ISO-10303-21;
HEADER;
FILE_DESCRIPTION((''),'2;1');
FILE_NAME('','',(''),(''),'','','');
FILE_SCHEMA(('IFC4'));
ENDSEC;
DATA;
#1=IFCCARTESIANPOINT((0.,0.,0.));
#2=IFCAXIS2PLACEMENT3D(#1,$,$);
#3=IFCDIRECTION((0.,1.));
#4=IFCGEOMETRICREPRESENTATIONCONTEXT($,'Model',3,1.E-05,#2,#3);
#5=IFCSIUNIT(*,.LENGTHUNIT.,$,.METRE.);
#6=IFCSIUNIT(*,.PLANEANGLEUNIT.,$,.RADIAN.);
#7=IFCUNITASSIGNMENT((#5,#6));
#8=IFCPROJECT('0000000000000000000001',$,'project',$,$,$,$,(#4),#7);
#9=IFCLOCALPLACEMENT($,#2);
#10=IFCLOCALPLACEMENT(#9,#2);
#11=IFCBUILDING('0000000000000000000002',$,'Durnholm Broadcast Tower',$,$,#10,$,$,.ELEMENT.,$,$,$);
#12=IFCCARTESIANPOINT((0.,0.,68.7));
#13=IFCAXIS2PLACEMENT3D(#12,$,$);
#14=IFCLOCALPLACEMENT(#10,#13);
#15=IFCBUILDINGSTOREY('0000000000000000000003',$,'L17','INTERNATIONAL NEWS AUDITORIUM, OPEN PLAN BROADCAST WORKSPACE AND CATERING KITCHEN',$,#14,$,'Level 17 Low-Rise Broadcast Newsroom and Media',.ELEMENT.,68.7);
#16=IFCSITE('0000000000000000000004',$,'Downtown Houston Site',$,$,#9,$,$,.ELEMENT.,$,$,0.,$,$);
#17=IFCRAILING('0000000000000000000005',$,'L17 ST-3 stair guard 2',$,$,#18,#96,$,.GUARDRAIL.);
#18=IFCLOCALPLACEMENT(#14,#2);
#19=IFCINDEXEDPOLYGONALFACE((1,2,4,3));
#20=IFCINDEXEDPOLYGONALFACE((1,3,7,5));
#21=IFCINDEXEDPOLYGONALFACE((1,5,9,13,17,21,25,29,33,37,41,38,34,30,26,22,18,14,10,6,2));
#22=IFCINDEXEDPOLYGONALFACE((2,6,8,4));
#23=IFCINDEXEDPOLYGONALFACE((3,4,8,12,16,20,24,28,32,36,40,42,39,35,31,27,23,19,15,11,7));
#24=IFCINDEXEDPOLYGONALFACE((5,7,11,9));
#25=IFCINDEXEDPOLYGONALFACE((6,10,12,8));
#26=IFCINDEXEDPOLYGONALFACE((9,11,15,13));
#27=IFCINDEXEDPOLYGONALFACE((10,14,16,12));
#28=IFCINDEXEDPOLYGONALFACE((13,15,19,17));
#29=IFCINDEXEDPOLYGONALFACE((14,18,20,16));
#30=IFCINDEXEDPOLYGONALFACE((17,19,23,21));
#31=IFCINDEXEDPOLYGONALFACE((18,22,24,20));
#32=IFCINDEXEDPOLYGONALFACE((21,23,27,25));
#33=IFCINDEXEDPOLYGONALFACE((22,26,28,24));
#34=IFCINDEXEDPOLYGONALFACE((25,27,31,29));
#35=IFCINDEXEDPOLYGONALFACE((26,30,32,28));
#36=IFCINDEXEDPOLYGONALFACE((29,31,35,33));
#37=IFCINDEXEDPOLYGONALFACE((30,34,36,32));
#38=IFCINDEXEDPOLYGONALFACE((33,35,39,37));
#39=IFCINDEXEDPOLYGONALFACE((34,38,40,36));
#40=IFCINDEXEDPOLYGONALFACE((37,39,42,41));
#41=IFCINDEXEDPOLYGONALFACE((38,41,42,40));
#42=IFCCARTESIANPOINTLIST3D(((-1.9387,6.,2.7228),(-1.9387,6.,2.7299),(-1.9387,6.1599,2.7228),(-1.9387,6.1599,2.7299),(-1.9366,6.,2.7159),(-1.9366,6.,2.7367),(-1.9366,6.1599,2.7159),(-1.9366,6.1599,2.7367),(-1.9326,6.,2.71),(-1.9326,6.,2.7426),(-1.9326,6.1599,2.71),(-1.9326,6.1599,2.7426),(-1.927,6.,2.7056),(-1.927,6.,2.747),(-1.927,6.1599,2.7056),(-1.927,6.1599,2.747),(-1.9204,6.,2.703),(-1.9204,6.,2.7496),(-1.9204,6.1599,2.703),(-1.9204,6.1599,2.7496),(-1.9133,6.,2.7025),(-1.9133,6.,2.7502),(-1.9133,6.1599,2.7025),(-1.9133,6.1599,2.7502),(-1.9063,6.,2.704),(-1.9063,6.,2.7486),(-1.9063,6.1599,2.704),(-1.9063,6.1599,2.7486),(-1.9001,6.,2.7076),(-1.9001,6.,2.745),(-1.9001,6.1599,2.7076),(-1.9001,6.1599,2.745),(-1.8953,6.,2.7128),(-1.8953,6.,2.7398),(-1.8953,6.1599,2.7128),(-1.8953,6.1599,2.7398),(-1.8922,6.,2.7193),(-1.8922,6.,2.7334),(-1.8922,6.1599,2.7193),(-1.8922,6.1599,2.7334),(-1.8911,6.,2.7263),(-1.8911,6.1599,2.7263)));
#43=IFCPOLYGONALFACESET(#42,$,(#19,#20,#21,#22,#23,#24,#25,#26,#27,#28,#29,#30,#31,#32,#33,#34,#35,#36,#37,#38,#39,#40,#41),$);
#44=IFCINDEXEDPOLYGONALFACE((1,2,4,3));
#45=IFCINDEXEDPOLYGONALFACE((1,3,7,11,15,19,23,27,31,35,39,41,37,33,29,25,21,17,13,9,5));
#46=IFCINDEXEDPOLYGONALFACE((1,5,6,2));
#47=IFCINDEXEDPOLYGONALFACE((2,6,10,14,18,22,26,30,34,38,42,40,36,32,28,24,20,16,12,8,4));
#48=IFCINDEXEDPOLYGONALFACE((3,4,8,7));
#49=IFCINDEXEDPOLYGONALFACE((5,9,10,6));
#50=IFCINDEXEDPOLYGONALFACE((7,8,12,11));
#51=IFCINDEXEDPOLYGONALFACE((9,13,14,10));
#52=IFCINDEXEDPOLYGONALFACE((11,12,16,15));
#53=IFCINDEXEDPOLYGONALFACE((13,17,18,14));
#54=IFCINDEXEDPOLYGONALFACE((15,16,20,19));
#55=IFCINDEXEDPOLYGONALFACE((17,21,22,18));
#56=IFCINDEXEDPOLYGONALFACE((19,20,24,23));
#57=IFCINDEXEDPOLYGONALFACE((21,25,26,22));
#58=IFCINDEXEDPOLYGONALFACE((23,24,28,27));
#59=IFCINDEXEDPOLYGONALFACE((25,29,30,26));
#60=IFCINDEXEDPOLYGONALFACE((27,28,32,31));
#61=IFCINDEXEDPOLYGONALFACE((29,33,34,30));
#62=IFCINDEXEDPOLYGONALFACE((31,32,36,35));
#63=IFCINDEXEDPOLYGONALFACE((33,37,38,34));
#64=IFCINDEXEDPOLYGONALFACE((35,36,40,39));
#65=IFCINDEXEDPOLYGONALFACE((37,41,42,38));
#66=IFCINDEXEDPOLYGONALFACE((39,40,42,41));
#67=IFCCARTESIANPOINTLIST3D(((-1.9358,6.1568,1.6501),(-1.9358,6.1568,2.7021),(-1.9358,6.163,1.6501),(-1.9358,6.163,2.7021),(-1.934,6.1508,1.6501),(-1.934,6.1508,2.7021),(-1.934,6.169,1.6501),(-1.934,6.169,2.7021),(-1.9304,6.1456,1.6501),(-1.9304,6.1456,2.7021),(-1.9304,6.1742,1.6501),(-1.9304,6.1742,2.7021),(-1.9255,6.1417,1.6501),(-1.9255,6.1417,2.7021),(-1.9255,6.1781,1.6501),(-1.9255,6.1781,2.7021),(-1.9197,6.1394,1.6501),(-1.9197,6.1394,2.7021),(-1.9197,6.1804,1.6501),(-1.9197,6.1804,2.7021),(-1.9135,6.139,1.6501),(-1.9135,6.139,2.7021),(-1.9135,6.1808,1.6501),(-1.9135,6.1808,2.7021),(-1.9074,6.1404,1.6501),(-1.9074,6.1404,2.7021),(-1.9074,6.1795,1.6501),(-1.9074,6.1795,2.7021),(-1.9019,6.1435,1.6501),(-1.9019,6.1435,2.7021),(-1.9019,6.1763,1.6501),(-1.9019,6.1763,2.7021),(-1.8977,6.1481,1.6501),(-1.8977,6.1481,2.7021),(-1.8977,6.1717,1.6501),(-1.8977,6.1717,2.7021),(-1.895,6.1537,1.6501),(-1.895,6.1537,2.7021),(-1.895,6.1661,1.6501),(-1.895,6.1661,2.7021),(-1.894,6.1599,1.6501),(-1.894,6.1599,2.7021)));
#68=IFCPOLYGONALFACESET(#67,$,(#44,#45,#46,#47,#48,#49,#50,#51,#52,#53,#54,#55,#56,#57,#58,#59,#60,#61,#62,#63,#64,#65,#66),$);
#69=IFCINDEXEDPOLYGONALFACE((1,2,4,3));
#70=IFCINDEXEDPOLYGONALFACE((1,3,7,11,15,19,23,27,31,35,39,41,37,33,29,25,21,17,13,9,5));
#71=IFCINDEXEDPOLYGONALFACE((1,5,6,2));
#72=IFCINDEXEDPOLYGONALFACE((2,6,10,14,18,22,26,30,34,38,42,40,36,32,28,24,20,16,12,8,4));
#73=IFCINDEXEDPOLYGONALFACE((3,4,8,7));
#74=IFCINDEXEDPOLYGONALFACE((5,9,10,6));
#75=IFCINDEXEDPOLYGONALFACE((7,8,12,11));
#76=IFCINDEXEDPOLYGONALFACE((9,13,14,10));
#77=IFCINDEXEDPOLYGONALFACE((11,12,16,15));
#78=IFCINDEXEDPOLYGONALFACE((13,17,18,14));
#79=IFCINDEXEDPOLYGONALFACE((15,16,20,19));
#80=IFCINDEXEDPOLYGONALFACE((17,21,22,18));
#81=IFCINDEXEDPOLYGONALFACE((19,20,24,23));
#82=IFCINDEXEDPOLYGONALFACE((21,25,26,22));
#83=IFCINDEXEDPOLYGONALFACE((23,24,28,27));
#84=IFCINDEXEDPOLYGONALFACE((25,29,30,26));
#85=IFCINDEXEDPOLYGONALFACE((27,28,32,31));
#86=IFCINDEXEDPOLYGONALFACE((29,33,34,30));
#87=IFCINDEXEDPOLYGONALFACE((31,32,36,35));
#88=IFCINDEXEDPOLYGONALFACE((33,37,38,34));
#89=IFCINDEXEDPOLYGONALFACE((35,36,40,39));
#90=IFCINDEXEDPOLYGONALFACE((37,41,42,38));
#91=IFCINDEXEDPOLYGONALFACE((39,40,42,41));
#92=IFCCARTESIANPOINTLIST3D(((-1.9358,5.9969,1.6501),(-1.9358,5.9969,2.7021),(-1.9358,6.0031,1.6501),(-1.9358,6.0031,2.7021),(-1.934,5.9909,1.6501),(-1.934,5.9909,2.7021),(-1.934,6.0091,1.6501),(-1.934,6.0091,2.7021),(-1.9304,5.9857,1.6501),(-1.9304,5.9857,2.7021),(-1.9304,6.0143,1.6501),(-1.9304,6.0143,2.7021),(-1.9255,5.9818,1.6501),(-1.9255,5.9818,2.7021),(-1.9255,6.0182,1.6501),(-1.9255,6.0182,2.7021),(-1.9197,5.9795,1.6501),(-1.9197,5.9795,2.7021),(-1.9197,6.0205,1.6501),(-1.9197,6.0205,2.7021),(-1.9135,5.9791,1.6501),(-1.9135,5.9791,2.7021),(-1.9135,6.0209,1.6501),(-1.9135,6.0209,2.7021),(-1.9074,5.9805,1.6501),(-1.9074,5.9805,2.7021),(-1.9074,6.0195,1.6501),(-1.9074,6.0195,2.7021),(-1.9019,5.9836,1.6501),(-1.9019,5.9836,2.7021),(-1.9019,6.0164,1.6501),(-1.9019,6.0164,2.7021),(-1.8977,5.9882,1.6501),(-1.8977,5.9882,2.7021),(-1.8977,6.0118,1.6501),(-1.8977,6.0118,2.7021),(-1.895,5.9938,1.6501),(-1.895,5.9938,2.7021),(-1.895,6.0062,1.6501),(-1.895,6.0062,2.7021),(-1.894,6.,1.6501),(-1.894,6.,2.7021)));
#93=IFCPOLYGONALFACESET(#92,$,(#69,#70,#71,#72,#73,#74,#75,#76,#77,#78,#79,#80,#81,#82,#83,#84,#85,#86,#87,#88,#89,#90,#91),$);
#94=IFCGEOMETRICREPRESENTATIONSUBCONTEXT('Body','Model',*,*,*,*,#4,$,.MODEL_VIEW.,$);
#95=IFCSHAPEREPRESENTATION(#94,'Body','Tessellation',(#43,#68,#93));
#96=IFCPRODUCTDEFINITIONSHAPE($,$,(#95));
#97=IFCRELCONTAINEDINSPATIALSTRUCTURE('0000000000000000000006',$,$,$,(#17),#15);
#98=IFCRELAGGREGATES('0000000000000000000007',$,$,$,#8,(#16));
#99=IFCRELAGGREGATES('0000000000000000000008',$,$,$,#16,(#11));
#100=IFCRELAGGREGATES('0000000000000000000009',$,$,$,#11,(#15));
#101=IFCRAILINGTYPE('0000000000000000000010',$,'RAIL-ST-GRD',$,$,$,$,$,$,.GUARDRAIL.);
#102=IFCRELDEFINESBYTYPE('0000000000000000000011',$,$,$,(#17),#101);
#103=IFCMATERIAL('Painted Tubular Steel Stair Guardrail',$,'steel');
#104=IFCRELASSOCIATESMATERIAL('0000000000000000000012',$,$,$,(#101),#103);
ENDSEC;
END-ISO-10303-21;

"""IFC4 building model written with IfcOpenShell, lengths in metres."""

from ifc_helpers import new_model, si_unit, direction, frame, origin, origin_2d, place, context, subcontext, project, spatial, circle, extrude, material, type_object, element, save


model = new_model("IFC4")

# Units and contexts
model_context = context("Model", 3, precision=1e-05, world=origin(), true_north=direction((0.0, 1.0)))
body_context = subcontext(model_context, "Body", "Model", "MODEL_VIEW")
ifc_project = project(units=[si_unit("LENGTHUNIT", "METRE"), si_unit("PLANEANGLEUNIT", "RADIAN")], contexts=[model_context])

# Site, building, storey
site_placement = place(None, origin())
site = spatial("IfcSite", under=ifc_project, at=site_placement, Name="Downtown Houston Site", CompositionType="ELEMENT", RefElevation=0.0)
building_placement = place(site_placement, origin())
building = spatial("IfcBuilding", under=site, at=building_placement, Name="Durnholm Broadcast Tower", CompositionType="ELEMENT")
storey_placement = place(building_placement, frame((0.0, 0.0, 68.7)))
storey = spatial("IfcBuildingStorey", under=building, at=storey_placement, Name="L17", Description="INTERNATIONAL NEWS AUDITORIUM, OPEN PLAN BROADCAST WORKSPACE AND CATERING KITCHEN", LongName="Level 17 Low-Rise Broadcast Newsroom and Media", CompositionType="ELEMENT", Elevation=68.7)

# Railing
ifc_material_1 = material(Name="Painted Tubular Steel Stair Guardrail", Category="steel")
railing_type = type_object("IfcRailingType", Name="RAIL-ST-GRD", PredefinedType="GUARDRAIL", material=ifc_material_1)
railing_1_placement = place(storey_placement, frame((-1.915, 6.1599, 1.6501)))
element("IfcRailing", 1, at=railing_1_placement, inside=storey, type_object=railing_type, Name="L17 ST-3 stair guard 2", PredefinedType="GUARDRAIL", context=body_context, shape_type="SweptSolid", body=[
    extrude(circle(Radius=0.0239, at=origin_2d()), frame((0.0, 0.0, 1.0762), z_axis=(0.0, -1.0, 0.0), x_axis=(1.0, 0.0, 0.0)), (0.0, 0.0, 1.0), 0.1599),
    extrude(circle(Radius=0.021, at=origin_2d()), origin(), (0.0, 0.0, 1.0), 1.052),
    extrude(circle(Radius=0.021, at=origin_2d()), frame((0.0, -0.1599, 0.0)), (0.0, 0.0, 1.0), 1.052),
])

save(model, "model.ifc")
